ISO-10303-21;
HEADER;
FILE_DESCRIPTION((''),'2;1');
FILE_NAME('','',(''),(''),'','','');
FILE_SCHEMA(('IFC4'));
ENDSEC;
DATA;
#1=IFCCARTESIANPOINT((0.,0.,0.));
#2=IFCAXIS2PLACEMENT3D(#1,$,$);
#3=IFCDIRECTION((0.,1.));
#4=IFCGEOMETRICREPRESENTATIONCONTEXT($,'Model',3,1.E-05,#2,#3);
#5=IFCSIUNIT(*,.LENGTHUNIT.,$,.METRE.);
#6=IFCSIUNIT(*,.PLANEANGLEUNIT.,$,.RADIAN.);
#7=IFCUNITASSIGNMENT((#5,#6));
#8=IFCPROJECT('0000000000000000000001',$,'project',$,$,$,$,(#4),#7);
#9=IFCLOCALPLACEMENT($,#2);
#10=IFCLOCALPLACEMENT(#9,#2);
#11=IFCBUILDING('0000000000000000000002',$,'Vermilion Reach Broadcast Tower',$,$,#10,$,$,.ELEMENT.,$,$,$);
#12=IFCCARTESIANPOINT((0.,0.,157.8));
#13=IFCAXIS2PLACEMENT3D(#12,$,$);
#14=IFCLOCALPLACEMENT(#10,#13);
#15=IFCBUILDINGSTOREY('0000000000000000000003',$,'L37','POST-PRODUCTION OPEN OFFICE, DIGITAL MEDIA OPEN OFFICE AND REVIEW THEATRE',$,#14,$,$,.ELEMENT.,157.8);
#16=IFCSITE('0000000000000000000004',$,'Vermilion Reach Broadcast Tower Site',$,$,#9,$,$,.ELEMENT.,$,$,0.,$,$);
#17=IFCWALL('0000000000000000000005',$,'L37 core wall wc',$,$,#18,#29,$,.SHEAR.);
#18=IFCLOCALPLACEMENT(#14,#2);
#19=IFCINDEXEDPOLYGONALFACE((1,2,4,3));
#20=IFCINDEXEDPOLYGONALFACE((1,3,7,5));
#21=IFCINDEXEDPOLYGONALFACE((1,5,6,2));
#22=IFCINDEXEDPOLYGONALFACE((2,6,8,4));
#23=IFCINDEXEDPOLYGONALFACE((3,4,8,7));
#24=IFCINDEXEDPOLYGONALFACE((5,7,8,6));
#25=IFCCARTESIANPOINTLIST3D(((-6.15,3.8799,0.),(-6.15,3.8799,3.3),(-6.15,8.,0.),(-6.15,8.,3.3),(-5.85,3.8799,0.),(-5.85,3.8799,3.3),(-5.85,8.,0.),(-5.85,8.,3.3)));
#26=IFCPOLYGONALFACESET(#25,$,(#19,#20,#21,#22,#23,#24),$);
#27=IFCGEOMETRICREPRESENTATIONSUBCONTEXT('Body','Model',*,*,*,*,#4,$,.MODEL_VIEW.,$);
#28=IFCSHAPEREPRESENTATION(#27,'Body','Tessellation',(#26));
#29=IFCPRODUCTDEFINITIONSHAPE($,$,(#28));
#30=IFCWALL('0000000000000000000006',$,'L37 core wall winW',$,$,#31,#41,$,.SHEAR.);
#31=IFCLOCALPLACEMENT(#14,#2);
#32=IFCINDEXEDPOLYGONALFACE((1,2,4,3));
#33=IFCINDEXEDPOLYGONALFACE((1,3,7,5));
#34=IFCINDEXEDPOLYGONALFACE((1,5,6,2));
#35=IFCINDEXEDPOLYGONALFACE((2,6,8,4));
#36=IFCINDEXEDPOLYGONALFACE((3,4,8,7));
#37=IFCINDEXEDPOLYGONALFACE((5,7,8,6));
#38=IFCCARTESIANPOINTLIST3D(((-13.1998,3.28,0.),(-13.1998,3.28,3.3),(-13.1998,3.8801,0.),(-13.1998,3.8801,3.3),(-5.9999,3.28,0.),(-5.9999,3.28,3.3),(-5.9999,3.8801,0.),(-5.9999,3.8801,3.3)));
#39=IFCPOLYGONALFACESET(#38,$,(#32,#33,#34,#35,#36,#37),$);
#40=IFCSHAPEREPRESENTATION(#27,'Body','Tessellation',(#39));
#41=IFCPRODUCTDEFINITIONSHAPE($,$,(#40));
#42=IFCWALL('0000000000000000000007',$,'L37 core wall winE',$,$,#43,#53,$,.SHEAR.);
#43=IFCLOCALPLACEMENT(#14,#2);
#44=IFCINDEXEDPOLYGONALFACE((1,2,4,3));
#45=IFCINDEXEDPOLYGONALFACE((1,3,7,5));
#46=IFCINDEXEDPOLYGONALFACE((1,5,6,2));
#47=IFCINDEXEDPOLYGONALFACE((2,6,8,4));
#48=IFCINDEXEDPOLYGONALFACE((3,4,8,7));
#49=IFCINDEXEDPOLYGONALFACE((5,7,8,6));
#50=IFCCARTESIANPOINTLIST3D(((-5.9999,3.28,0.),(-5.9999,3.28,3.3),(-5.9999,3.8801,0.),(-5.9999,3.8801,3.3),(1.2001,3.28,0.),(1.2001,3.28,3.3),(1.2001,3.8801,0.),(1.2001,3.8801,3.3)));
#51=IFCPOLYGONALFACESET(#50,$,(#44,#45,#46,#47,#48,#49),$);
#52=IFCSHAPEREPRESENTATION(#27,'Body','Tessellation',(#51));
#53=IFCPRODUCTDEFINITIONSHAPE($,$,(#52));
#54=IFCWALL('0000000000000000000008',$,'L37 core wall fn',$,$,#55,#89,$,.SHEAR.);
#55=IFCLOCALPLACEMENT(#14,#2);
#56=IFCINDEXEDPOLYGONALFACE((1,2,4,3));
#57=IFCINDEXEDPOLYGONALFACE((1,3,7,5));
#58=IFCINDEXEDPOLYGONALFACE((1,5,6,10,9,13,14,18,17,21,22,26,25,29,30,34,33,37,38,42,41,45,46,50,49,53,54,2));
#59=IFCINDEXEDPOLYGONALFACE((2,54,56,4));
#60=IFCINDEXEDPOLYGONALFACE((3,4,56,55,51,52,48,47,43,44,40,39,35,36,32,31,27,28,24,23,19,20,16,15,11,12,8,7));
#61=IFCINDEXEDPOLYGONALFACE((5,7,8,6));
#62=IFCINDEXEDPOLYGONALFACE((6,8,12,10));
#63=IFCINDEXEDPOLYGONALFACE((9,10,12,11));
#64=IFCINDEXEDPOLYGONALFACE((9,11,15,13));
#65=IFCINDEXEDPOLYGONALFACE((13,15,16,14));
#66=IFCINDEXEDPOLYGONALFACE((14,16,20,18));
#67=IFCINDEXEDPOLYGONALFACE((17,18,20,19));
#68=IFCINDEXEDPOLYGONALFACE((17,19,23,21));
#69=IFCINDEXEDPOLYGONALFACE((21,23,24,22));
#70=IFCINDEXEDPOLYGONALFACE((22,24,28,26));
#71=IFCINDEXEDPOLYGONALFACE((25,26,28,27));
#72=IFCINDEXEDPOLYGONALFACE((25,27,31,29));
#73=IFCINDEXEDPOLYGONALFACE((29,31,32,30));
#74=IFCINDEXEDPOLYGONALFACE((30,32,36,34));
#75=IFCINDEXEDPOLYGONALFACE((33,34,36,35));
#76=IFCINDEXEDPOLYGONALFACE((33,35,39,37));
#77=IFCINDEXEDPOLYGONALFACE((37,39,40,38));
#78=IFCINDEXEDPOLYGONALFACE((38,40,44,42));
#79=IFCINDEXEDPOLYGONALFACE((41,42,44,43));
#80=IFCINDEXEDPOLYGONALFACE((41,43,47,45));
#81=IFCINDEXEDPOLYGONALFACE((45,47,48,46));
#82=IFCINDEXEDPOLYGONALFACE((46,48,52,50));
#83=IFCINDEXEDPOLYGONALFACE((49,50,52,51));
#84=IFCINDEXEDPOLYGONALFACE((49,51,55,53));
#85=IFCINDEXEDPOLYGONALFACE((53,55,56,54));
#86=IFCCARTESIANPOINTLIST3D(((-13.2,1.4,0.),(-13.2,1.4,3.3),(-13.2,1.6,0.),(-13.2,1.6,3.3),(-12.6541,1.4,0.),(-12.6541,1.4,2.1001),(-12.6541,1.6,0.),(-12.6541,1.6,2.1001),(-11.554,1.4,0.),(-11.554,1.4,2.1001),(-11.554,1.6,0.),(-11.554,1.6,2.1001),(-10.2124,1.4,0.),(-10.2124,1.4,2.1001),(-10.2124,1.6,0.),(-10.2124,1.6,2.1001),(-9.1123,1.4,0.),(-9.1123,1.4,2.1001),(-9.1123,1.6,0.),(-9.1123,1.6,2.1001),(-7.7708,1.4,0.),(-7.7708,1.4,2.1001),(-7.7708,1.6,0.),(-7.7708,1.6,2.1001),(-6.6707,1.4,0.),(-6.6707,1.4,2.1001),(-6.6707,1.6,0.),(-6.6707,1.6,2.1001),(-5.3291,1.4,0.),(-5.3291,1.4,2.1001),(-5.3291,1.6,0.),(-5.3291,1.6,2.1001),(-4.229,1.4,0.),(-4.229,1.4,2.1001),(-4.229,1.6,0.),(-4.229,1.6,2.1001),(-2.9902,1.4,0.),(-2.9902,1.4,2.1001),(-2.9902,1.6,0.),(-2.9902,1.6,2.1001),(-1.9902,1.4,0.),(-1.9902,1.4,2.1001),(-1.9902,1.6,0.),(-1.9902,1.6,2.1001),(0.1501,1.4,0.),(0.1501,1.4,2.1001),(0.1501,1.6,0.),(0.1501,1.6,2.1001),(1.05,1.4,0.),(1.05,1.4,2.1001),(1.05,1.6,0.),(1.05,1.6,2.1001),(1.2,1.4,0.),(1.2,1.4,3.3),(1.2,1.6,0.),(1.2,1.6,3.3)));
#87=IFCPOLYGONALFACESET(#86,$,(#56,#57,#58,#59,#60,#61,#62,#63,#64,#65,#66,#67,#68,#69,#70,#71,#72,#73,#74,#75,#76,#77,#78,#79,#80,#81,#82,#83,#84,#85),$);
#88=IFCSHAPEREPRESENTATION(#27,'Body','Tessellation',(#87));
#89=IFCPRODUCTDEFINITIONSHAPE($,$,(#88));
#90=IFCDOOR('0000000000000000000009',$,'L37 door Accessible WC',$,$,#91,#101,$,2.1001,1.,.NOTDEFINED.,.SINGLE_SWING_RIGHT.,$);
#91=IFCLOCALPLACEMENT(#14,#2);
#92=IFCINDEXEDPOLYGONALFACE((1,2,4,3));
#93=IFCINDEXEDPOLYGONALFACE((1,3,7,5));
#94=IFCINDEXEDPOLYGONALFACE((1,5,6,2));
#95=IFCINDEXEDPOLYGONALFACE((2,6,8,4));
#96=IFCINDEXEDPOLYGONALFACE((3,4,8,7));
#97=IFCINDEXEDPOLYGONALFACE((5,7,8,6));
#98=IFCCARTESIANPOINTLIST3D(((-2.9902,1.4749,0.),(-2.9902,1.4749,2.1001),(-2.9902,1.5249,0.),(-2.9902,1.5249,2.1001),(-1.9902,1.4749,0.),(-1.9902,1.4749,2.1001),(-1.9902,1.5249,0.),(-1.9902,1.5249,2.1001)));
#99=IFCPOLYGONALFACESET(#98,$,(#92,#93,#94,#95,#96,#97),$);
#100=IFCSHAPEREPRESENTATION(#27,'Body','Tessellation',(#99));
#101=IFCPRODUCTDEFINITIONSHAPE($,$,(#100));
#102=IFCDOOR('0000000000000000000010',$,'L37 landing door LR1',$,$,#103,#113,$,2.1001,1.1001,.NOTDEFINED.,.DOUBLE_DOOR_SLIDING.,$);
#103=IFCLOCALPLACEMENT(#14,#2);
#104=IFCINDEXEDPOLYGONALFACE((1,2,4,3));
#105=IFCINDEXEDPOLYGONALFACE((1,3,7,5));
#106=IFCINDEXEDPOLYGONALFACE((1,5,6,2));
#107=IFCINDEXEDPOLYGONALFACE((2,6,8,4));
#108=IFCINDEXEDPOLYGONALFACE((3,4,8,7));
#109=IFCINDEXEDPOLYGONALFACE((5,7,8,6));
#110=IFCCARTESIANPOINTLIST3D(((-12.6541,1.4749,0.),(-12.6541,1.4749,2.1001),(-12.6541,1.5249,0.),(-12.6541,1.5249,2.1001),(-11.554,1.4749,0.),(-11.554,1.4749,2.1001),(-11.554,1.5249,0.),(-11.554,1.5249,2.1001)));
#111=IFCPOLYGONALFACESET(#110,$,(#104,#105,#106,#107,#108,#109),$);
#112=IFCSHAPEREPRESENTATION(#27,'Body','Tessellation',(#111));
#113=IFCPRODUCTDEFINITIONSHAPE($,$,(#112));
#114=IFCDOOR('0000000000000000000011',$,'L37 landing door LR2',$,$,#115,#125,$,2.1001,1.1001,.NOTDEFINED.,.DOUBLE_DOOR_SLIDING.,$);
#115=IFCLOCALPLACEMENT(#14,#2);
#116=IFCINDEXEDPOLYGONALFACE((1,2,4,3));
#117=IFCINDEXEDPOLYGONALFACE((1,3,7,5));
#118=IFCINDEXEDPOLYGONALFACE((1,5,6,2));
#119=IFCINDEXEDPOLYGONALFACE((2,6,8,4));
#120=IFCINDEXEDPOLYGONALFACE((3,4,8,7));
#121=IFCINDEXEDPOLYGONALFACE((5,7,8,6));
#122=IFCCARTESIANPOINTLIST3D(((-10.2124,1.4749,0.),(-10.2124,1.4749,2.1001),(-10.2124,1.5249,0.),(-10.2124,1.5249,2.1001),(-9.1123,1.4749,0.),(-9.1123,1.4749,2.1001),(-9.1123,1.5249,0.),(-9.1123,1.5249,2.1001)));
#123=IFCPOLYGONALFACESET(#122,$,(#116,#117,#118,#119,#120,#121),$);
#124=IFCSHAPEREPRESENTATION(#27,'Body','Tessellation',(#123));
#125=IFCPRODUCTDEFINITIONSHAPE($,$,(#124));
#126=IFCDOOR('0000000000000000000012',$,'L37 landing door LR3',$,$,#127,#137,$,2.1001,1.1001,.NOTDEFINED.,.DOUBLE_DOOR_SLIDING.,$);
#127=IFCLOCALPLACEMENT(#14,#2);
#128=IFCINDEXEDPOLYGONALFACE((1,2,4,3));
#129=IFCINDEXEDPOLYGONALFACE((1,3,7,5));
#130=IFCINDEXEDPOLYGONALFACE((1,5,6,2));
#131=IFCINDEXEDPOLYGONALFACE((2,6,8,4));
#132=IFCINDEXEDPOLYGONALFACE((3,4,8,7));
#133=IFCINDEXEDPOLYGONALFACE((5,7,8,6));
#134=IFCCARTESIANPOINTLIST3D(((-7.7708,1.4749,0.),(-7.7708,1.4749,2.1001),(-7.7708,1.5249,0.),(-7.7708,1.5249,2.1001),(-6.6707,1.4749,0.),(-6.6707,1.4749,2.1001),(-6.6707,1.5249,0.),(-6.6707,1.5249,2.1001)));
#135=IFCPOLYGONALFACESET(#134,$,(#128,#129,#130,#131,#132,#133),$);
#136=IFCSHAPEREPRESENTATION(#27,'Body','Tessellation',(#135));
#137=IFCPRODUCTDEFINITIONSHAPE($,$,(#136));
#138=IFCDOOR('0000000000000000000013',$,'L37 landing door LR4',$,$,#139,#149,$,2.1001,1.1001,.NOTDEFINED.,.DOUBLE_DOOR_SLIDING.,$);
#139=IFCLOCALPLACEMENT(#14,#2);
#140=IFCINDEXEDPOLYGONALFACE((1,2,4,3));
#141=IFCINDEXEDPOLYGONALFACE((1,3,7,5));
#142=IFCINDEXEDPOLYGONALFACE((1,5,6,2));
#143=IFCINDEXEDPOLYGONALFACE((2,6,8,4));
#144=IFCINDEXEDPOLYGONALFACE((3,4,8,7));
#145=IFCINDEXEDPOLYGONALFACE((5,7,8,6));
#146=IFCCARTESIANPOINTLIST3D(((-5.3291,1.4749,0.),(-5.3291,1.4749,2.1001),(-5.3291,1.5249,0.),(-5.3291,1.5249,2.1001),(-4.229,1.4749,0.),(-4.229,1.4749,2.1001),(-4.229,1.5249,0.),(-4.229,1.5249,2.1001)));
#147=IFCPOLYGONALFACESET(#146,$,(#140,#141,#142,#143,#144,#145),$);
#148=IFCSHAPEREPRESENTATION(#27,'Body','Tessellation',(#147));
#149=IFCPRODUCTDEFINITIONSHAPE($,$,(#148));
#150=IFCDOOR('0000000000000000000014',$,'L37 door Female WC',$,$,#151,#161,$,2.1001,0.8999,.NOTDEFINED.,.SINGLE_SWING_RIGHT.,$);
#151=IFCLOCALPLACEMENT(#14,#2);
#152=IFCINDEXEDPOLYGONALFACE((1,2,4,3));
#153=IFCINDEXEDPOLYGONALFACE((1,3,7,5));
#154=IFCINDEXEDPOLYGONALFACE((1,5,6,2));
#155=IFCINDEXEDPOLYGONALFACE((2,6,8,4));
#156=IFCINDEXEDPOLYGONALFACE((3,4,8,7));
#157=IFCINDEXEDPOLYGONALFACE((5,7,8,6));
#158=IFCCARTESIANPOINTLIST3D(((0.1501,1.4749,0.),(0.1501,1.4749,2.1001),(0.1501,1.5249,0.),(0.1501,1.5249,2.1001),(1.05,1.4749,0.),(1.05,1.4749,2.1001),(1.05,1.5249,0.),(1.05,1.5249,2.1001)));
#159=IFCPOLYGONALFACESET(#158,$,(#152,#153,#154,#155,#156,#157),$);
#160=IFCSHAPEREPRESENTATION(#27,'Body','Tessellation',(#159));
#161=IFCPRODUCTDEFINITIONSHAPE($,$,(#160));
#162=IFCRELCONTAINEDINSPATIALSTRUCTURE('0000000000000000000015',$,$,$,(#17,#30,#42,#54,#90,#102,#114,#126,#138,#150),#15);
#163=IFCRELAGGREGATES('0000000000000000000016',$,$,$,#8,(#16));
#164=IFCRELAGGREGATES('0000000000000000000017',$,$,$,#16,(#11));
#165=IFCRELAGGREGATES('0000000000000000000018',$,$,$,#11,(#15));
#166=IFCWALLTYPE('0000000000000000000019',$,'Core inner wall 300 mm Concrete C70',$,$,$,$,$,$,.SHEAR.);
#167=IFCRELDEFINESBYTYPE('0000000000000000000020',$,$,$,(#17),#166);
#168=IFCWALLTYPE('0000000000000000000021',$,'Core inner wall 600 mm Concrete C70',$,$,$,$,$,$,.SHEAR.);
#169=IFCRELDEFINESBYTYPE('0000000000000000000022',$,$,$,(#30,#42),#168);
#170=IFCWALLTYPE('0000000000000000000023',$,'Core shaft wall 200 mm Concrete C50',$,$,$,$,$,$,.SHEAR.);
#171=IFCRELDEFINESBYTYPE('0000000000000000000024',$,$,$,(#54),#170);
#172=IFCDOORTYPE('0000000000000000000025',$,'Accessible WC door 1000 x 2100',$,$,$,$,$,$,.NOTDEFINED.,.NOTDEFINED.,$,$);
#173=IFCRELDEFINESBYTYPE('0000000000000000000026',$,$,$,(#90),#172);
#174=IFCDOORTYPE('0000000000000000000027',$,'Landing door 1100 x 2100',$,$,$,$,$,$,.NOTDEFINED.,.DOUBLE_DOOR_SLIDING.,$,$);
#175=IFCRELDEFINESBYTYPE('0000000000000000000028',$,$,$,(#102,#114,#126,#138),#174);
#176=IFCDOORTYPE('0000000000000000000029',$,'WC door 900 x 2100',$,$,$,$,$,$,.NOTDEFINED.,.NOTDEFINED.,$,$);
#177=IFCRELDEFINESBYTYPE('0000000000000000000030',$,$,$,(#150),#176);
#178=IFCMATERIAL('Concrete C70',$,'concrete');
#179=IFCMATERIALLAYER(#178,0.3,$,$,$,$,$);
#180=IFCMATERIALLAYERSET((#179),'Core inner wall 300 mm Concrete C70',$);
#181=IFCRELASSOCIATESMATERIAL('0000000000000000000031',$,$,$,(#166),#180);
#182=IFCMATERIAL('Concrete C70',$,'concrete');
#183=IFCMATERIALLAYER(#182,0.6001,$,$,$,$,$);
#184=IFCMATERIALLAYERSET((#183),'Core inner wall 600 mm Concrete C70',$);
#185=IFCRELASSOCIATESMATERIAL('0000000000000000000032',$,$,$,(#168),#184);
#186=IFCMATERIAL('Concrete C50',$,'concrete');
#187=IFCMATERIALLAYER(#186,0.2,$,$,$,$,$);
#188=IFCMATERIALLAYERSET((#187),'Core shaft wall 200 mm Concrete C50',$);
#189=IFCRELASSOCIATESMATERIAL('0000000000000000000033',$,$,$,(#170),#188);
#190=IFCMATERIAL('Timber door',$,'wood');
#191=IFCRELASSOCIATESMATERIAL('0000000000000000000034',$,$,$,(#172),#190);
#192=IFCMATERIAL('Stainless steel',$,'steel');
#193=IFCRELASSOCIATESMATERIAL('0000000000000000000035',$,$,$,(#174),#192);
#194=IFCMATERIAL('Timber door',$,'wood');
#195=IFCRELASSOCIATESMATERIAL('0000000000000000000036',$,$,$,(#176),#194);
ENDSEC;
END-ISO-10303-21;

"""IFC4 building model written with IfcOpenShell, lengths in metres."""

from ifc_helpers import new_model, si_unit, direction, frame, frame_2d, origin, place, context, subcontext, project, spatial, rectangle, extrude, material, layer, layer_set, type_object, element, fill, save


model = new_model("IFC4")

# Units and contexts
model_context = context("Model", 3, precision=1e-05, world=origin(), true_north=direction((0.0, 1.0)))
body_context = subcontext(model_context, "Body", "Model", "MODEL_VIEW")
ifc_project = project(units=[si_unit("LENGTHUNIT", "METRE"), si_unit("PLANEANGLEUNIT", "RADIAN")], contexts=[model_context])

# Site, building, storey
site_placement = place(None, origin())
site = spatial("IfcSite", under=ifc_project, at=site_placement, Name="Vermilion Reach Broadcast Tower Site", CompositionType="ELEMENT", RefElevation=0.0)
building_placement = place(site_placement, origin())
building = spatial("IfcBuilding", under=site, at=building_placement, Name="Vermilion Reach Broadcast Tower", CompositionType="ELEMENT")
storey_placement = place(building_placement, frame((0.0, 0.0, 157.8)))
storey = spatial("IfcBuildingStorey", under=building, at=storey_placement, Name="L37", Description="POST-PRODUCTION OPEN OFFICE, DIGITAL MEDIA OPEN OFFICE AND REVIEW THEATRE", CompositionType="ELEMENT", Elevation=157.8)

# Walls
ifc_material_1 = material(Name="Concrete C70", Category="concrete")
ifc_layer_1 = layer(ifc_material_1, 0.3)
ifc_layer_set_1 = layer_set([ifc_layer_1], Name="Core inner wall 300 mm Concrete C70")
wall_type_1 = type_object("IfcWallType", Name="Core inner wall 300 mm Concrete C70", PredefinedType="SHEAR", material=ifc_layer_set_1)
wall_1_placement = place(storey_placement, frame((-6.0, 3.8799, 0.0), z_axis=(0.0, 0.0, 1.0), x_axis=(0.0, 1.0, 0.0)))
element("IfcWall", 1, at=wall_1_placement, inside=storey, type_object=wall_type_1, Name="L37 core wall wc", PredefinedType="SHEAR", context=body_context, shape_type="SweptSolid", body=[
    extrude(rectangle(XDim=4.1201, YDim=0.3, at=frame_2d((2.0601, 0.0))), origin(), (0.0, 0.0, 1.0), 3.3),
])
ifc_material_2 = material(Name="Concrete C70", Category="concrete")
ifc_layer_2 = layer(ifc_material_2, 0.6001)
ifc_layer_set_2 = layer_set([ifc_layer_2], Name="Core inner wall 600 mm Concrete C70")
wall_type_2 = type_object("IfcWallType", Name="Core inner wall 600 mm Concrete C70", PredefinedType="SHEAR", material=ifc_layer_set_2)
for number, where, z_axis, x_axis, name in (
    (2, (-13.2, 3.5801, 0.0), (0.0, 0.0, 1.0), (1.0, 0.0, 0.0), "L37 core wall winW"),
    (3, (-6.0, 3.5801, 0.0), (0.0, 0.0, 1.0), (1.0, 0.0, 0.0), "L37 core wall winE"),
):
    element("IfcWall", number, at=place(storey_placement, frame(where, z_axis=z_axis, x_axis=x_axis)), inside=storey, type_object=wall_type_2, Name=name, PredefinedType="SHEAR", context=body_context, shape_type="SweptSolid", body=[
        extrude(rectangle(XDim=7.2, YDim=0.6001, at=frame_2d((3.6001, 0.0))), origin(), (0.0, 0.0, 1.0), 3.3),
    ])

# Wall, openings, doors
ifc_material_3 = material(Name="Concrete C50", Category="concrete")
ifc_layer_3 = layer(ifc_material_3, 0.2)
ifc_layer_set_3 = layer_set([ifc_layer_3], Name="Core shaft wall 200 mm Concrete C50")
wall_type_3 = type_object("IfcWallType", Name="Core shaft wall 200 mm Concrete C50", PredefinedType="SHEAR", material=ifc_layer_set_3)
wall_2_placement = place(storey_placement, frame((-13.2, 1.5, 0.0), z_axis=(0.0, 0.0, 1.0), x_axis=(1.0, 0.0, 0.0)))
wall_2 = element("IfcWall", 4, at=wall_2_placement, inside=storey, type_object=wall_type_3, Name="L37 core wall fn", PredefinedType="SHEAR", context=body_context, shape_type="SweptSolid", body=[
    extrude(rectangle(XDim=14.3999, YDim=0.2, at=frame_2d((7.2, 0.0))), origin(), (0.0, 0.0, 1.0), 3.3),
])
opening_1_placement = place(wall_2_placement, frame((0.5459, 0.0, 0.0)))
opening_1 = element("IfcOpeningElement", 5, at=opening_1_placement, cuts=wall_2, PredefinedType="OPENING", context=body_context, shape_type="SweptSolid", body=[
    extrude(rectangle(XDim=1.1001, YDim=2.1001, at=frame_2d((0.55, 1.05))), frame((0.0, 0.1099, 0.0), z_axis=(0.0, -1.0, 0.0), x_axis=(1.0, 0.0, 0.0)), (0.0, 0.0, 1.0), 0.22),
])
opening_2_placement = place(wall_2_placement, frame((2.9875, 0.0, 0.0)))
opening_2 = element("IfcOpeningElement", 6, at=opening_2_placement, cuts=wall_2, PredefinedType="OPENING", context=body_context, shape_type="SweptSolid", body=[
    extrude(rectangle(XDim=1.1001, YDim=2.1001, at=frame_2d((0.55, 1.05))), frame((0.0, 0.1099, 0.0), z_axis=(0.0, -1.0, 0.0), x_axis=(1.0, 0.0, 0.0)), (0.0, 0.0, 1.0), 0.22),
])
opening_3_placement = place(wall_2_placement, frame((5.4292, 0.0, 0.0)))
opening_3 = element("IfcOpeningElement", 7, at=opening_3_placement, cuts=wall_2, PredefinedType="OPENING", context=body_context, shape_type="SweptSolid", body=[
    extrude(rectangle(XDim=1.1001, YDim=2.1001, at=frame_2d((0.55, 1.05))), frame((0.0, 0.1099, 0.0), z_axis=(0.0, -1.0, 0.0), x_axis=(1.0, 0.0, 0.0)), (0.0, 0.0, 1.0), 0.22),
])
opening_4_placement = place(wall_2_placement, frame((7.8708, 0.0, 0.0)))
opening_4 = element("IfcOpeningElement", 8, at=opening_4_placement, cuts=wall_2, PredefinedType="OPENING", context=body_context, shape_type="SweptSolid", body=[
    extrude(rectangle(XDim=1.1001, YDim=2.1001, at=frame_2d((0.55, 1.05))), frame((0.0, 0.1099, 0.0), z_axis=(0.0, -1.0, 0.0), x_axis=(1.0, 0.0, 0.0)), (0.0, 0.0, 1.0), 0.22),
])
opening_5_placement = place(wall_2_placement, frame((10.2097, 0.0, 0.0)))
opening_5 = element("IfcOpeningElement", 9, at=opening_5_placement, cuts=wall_2, PredefinedType="OPENING", context=body_context, shape_type="SweptSolid", body=[
    extrude(rectangle(XDim=1.0, YDim=2.1001, at=frame_2d((0.5, 1.05))), frame((0.0, 0.1099, 0.0), z_axis=(0.0, -1.0, 0.0), x_axis=(1.0, 0.0, 0.0)), (0.0, 0.0, 1.0), 0.22),
])
opening_6_placement = place(wall_2_placement, frame((13.3501, 0.0, 0.0)))
opening_6 = element("IfcOpeningElement", 10, at=opening_6_placement, cuts=wall_2, PredefinedType="OPENING", context=body_context, shape_type="SweptSolid", body=[
    extrude(rectangle(XDim=0.8999, YDim=2.1001, at=frame_2d((0.45, 1.05))), frame((0.0, 0.1099, 0.0), z_axis=(0.0, -1.0, 0.0), x_axis=(1.0, 0.0, 0.0)), (0.0, 0.0, 1.0), 0.22),
])
ifc_material_4 = material(Name="Timber door", Category="wood")
door_type_1 = type_object("IfcDoorType", Name="Accessible WC door 1000 x 2100", OperationType="NOTDEFINED", PredefinedType="NOTDEFINED", material=ifc_material_4)
door_1_placement = place(opening_5_placement, origin())
door_1 = element("IfcDoor", 11, at=door_1_placement, inside=storey, type_object=door_type_1, Name="L37 door Accessible WC", OperationType="SINGLE_SWING_RIGHT", OverallHeight=2.1001, OverallWidth=1.0, PredefinedType="NOTDEFINED", context=body_context, shape_type="SweptSolid", body=[
    extrude(rectangle(XDim=1.0, YDim=2.1001, at=frame_2d((0.5, 1.05))), frame((0.0, 0.0249, 0.0), z_axis=(0.0, -1.0, 0.0), x_axis=(1.0, 0.0, 0.0)), (0.0, 0.0, 1.0), 0.05),
])
fill(opening_5, door_1)
ifc_material_5 = material(Name="Stainless steel", Category="steel")
door_type_2 = type_object("IfcDoorType", Name="Landing door 1100 x 2100", OperationType="DOUBLE_DOOR_SLIDING", PredefinedType="NOTDEFINED", material=ifc_material_5)
door_2_placement = place(opening_1_placement, origin())
door_2 = element("IfcDoor", 12, at=door_2_placement, inside=storey, type_object=door_type_2, Name="L37 landing door LR1", OperationType="DOUBLE_DOOR_SLIDING", OverallHeight=2.1001, OverallWidth=1.1001, PredefinedType="NOTDEFINED", context=body_context, shape_type="SweptSolid", body=[
    extrude(rectangle(XDim=1.1001, YDim=2.1001, at=frame_2d((0.55, 1.05))), frame((0.0, 0.0249, 0.0), z_axis=(0.0, -1.0, 0.0), x_axis=(1.0, 0.0, 0.0)), (0.0, 0.0, 1.0), 0.05),
])
fill(opening_1, door_2)
door_3_placement = place(opening_2_placement, origin())
door_3 = element("IfcDoor", 13, at=door_3_placement, inside=storey, type_object=door_type_2, Name="L37 landing door LR2", OperationType="DOUBLE_DOOR_SLIDING", OverallHeight=2.1001, OverallWidth=1.1001, PredefinedType="NOTDEFINED", context=body_context, shape_type="SweptSolid", body=[
    extrude(rectangle(XDim=1.1001, YDim=2.1001, at=frame_2d((0.55, 1.05))), frame((0.0, 0.0249, 0.0), z_axis=(0.0, -1.0, 0.0), x_axis=(1.0, 0.0, 0.0)), (0.0, 0.0, 1.0), 0.05),
])
fill(opening_2, door_3)
door_4_placement = place(opening_3_placement, origin())
door_4 = element("IfcDoor", 14, at=door_4_placement, inside=storey, type_object=door_type_2, Name="L37 landing door LR3", OperationType="DOUBLE_DOOR_SLIDING", OverallHeight=2.1001, OverallWidth=1.1001, PredefinedType="NOTDEFINED", context=body_context, shape_type="SweptSolid", body=[
    extrude(rectangle(XDim=1.1001, YDim=2.1001, at=frame_2d((0.55, 1.05))), frame((0.0, 0.0249, 0.0), z_axis=(0.0, -1.0, 0.0), x_axis=(1.0, 0.0, 0.0)), (0.0, 0.0, 1.0), 0.05),
])
fill(opening_3, door_4)
door_5_placement = place(opening_4_placement, origin())
door_5 = element("IfcDoor", 15, at=door_5_placement, inside=storey, type_object=door_type_2, Name="L37 landing door LR4", OperationType="DOUBLE_DOOR_SLIDING", OverallHeight=2.1001, OverallWidth=1.1001, PredefinedType="NOTDEFINED", context=body_context, shape_type="SweptSolid", body=[
    extrude(rectangle(XDim=1.1001, YDim=2.1001, at=frame_2d((0.55, 1.05))), frame((0.0, 0.0249, 0.0), z_axis=(0.0, -1.0, 0.0), x_axis=(1.0, 0.0, 0.0)), (0.0, 0.0, 1.0), 0.05),
])
fill(opening_4, door_5)
ifc_material_6 = material(Name="Timber door", Category="wood")
door_type_3 = type_object("IfcDoorType", Name="WC door 900 x 2100", OperationType="NOTDEFINED", PredefinedType="NOTDEFINED", material=ifc_material_6)
door_6_placement = place(opening_6_placement, origin())
door_6 = element("IfcDoor", 16, at=door_6_placement, inside=storey, type_object=door_type_3, Name="L37 door Female WC", OperationType="SINGLE_SWING_RIGHT", OverallHeight=2.1001, OverallWidth=0.8999, PredefinedType="NOTDEFINED", context=body_context, shape_type="SweptSolid", body=[
    extrude(rectangle(XDim=0.8999, YDim=2.1001, at=frame_2d((0.45, 1.05))), frame((0.0, 0.0249, 0.0), z_axis=(0.0, -1.0, 0.0), x_axis=(1.0, 0.0, 0.0)), (0.0, 0.0, 1.0), 0.05),
])
fill(opening_6, door_6)

save(model, "model.ifc")
